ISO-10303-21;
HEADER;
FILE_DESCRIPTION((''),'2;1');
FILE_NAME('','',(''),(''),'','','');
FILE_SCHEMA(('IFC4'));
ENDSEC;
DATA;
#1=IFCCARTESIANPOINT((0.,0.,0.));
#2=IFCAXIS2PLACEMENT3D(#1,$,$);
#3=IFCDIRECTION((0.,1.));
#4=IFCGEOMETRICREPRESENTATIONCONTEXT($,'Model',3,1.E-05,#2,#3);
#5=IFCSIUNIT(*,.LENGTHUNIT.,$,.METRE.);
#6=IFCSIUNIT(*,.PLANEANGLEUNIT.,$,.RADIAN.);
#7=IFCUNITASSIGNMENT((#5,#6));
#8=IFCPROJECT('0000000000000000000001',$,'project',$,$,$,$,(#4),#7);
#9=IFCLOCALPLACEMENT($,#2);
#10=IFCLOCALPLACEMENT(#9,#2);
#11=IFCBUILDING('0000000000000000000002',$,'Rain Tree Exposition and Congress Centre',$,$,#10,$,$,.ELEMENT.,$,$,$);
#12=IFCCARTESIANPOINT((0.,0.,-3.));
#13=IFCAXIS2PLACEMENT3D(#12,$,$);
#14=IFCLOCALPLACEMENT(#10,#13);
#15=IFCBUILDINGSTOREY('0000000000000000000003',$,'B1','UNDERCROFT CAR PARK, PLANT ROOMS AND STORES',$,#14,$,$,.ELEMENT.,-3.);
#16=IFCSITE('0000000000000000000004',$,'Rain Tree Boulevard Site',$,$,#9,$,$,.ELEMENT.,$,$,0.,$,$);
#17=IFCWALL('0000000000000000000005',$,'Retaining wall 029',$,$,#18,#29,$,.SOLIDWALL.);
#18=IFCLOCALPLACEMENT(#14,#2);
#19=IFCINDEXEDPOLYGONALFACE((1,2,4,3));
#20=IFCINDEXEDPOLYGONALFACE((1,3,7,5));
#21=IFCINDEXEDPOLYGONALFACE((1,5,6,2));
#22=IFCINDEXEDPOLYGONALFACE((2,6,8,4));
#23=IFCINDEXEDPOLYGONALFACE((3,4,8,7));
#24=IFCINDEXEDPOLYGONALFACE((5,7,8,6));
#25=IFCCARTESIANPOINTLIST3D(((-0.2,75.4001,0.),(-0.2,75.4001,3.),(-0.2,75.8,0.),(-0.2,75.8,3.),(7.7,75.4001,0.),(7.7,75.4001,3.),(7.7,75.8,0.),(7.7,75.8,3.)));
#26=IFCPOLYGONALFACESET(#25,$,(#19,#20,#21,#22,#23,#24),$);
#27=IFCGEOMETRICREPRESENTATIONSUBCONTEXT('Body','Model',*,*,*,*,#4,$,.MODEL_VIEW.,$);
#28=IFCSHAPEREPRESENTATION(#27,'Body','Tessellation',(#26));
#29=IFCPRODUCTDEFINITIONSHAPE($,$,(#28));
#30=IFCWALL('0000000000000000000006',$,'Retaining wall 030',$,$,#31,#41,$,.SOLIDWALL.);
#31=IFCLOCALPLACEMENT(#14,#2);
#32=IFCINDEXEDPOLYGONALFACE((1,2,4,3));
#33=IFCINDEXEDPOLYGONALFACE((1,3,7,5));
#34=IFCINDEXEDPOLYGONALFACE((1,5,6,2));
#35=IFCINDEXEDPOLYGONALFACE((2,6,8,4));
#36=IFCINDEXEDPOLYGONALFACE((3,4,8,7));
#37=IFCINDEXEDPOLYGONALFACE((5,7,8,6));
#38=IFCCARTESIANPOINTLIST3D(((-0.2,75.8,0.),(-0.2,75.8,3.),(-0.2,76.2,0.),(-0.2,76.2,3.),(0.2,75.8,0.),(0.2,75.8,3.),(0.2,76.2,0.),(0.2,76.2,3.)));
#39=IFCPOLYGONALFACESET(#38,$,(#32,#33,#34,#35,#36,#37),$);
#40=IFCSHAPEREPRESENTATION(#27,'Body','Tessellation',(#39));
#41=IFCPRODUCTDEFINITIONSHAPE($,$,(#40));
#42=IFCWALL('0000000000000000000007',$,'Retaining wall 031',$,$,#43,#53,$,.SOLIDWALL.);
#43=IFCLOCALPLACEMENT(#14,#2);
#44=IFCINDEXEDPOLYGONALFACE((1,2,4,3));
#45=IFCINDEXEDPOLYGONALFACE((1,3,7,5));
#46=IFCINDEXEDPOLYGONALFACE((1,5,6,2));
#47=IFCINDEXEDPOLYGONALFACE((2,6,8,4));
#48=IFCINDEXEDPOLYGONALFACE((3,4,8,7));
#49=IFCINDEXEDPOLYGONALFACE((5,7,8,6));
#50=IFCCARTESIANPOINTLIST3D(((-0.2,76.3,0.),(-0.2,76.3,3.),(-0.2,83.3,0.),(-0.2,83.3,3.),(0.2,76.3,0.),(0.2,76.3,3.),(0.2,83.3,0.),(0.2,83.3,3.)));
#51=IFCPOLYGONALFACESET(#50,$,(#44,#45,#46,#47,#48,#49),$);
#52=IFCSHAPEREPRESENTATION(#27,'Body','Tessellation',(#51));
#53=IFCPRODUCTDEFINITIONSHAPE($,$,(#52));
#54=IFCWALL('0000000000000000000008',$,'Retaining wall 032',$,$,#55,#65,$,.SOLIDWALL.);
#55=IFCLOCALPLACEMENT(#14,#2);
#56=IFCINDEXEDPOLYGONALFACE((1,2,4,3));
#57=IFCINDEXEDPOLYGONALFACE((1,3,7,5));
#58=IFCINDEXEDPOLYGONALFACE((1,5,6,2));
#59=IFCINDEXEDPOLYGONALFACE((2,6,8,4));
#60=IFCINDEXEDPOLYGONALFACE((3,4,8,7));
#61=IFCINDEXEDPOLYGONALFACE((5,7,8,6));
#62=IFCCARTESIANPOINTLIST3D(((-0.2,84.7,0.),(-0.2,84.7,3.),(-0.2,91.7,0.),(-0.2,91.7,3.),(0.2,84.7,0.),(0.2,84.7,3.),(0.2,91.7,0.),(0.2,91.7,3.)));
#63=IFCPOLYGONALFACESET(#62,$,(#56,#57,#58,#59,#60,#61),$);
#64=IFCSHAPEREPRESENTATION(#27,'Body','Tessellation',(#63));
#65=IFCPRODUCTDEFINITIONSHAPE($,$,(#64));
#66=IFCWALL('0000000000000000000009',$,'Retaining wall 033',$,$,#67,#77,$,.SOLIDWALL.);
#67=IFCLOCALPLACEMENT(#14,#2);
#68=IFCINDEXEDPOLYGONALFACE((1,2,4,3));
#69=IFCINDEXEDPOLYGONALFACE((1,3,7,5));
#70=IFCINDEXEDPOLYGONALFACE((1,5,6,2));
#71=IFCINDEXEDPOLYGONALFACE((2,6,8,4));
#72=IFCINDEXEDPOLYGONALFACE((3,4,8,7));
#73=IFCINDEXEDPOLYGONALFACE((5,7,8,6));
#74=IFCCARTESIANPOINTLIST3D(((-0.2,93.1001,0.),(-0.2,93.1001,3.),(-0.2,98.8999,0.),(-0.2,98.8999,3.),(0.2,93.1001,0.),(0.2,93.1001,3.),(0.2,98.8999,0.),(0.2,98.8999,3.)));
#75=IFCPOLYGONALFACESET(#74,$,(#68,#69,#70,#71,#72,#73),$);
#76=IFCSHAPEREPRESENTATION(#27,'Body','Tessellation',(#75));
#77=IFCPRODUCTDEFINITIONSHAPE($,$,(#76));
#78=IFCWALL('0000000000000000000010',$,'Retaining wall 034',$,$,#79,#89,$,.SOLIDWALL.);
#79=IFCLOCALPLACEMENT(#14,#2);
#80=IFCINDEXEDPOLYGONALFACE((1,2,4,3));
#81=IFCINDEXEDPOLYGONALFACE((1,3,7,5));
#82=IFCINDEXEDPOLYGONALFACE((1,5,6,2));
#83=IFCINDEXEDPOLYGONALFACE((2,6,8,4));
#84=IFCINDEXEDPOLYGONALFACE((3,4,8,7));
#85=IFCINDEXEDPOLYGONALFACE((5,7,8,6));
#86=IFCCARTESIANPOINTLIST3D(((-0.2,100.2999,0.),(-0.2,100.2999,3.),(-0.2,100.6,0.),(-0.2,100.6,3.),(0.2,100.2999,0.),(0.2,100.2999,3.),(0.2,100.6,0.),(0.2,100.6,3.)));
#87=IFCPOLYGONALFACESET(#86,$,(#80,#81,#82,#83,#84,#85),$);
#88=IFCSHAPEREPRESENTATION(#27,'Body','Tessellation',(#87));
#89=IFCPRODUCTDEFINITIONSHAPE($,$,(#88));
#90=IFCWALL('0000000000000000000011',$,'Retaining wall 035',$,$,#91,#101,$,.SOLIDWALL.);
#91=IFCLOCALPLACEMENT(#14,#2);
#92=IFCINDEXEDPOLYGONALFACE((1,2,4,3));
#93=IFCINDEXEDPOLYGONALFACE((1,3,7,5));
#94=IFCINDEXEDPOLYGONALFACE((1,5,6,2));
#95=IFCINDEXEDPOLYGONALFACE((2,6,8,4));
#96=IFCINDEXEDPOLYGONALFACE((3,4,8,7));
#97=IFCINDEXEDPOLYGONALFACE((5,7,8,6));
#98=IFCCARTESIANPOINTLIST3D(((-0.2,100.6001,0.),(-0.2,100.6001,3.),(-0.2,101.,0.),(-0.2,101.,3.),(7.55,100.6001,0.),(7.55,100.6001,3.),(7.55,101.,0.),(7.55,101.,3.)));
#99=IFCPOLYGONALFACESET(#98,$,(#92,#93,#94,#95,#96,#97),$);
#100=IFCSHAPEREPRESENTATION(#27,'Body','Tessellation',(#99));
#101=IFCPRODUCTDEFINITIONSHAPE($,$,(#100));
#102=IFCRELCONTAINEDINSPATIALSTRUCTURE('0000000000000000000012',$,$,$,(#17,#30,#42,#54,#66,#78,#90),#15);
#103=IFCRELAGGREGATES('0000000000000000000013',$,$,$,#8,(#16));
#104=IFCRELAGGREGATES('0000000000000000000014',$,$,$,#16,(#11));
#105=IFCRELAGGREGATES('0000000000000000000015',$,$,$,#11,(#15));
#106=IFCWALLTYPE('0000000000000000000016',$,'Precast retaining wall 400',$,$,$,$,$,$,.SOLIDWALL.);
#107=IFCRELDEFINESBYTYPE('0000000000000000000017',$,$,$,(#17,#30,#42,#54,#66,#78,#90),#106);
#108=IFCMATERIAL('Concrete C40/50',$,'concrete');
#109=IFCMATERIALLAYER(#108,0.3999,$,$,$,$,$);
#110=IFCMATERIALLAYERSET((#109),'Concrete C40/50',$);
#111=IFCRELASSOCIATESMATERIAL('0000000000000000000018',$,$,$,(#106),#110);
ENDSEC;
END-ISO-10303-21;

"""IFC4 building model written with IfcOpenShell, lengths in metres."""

from ifc_helpers import new_model, si_unit, direction, frame, frame_2d, origin, place, context, subcontext, project, spatial, rectangle, extrude, material, layer, layer_set, type_object, element, save


model = new_model("IFC4")

# Units and contexts
model_context = context("Model", 3, precision=1e-05, world=origin(), true_north=direction((0.0, 1.0)))
body_context = subcontext(model_context, "Body", "Model", "MODEL_VIEW")
ifc_project = project(units=[si_unit("LENGTHUNIT", "METRE"), si_unit("PLANEANGLEUNIT", "RADIAN")], contexts=[model_context])

# Site, building, storey
site_placement = place(None, origin())
site = spatial("IfcSite", under=ifc_project, at=site_placement, Name="Rain Tree Boulevard Site", CompositionType="ELEMENT", RefElevation=0.0)
building_placement = place(site_placement, origin())
building = spatial("IfcBuilding", under=site, at=building_placement, Name="Rain Tree Exposition and Congress Centre", CompositionType="ELEMENT")
storey_placement = place(building_placement, frame((0.0, 0.0, -3.0)))
storey = spatial("IfcBuildingStorey", under=building, at=storey_placement, Name="B1", Description="UNDERCROFT CAR PARK, PLANT ROOMS AND STORES", CompositionType="ELEMENT", Elevation=-3.0)

# Walls
ifc_material_1 = material(Name="Concrete C40/50", Category="concrete")
ifc_layer = layer(ifc_material_1, 0.3999)
ifc_layer_set = layer_set([ifc_layer], Name="Concrete C40/50")
wall_type = type_object("IfcWallType", Name="Precast retaining wall 400", PredefinedType="SOLIDWALL", material=ifc_layer_set)
wall_1_placement = place(storey_placement, frame((7.7, 75.6001, 0.0), z_axis=(0.0, 0.0, 1.0), x_axis=(-1.0, 0.0, 0.0)))
element("IfcWall", 1, at=wall_1_placement, inside=storey, type_object=wall_type, Name="Retaining wall 029", PredefinedType="SOLIDWALL", context=body_context, shape_type="SweptSolid", body=[
    extrude(rectangle(XDim=7.8999, YDim=0.3999, at=frame_2d((3.95, 0.0))), origin(), (0.0, 0.0, 1.0), 3.0),
])
wall_2_placement = place(storey_placement, frame((0.0, 75.8, 0.0), z_axis=(0.0, 0.0, 1.0), x_axis=(0.0, 1.0, 0.0)))
element("IfcWall", 2, at=wall_2_placement, inside=storey, type_object=wall_type, Name="Retaining wall 030", PredefinedType="SOLIDWALL", context=body_context, shape_type="SweptSolid", body=[
    extrude(rectangle(XDim=0.3999, YDim=0.3999, at=frame_2d((0.2, 0.0))), origin(), (0.0, 0.0, 1.0), 3.0),
])
for number, where, z_axis, x_axis, name in (
    (3, (0.0, 76.3, 0.0), (0.0, 0.0, 1.0), (0.0, 1.0, 0.0), "Retaining wall 031"),
    (4, (0.0, 84.7, 0.0), (0.0, 0.0, 1.0), (0.0, 1.0, 0.0), "Retaining wall 032"),
):
    element("IfcWall", number, at=place(storey_placement, frame(where, z_axis=z_axis, x_axis=x_axis)), inside=storey, type_object=wall_type, Name=name, PredefinedType="SOLIDWALL", context=body_context, shape_type="SweptSolid", body=[
        extrude(rectangle(XDim=7.0, YDim=0.3999, at=frame_2d((3.5, 0.0))), origin(), (0.0, 0.0, 1.0), 3.0),
    ])
wall_3_placement = place(storey_placement, frame((0.0, 93.1001, 0.0), z_axis=(0.0, 0.0, 1.0), x_axis=(0.0, 1.0, 0.0)))
element("IfcWall", 5, at=wall_3_placement, inside=storey, type_object=wall_type, Name="Retaining wall 033", PredefinedType="SOLIDWALL", context=body_context, shape_type="SweptSolid", body=[
    extrude(rectangle(XDim=5.7998, YDim=0.3999, at=frame_2d((2.8999, 0.0))), origin(), (0.0, 0.0, 1.0), 3.0),
])
wall_4_placement = place(storey_placement, frame((0.0, 100.3, 0.0), z_axis=(0.0, 0.0, 1.0), x_axis=(0.0, 1.0, 0.0)))
element("IfcWall", 6, at=wall_4_placement, inside=storey, type_object=wall_type, Name="Retaining wall 034", PredefinedType="SOLIDWALL", context=body_context, shape_type="SweptSolid", body=[
    extrude(rectangle(XDim=0.3, YDim=0.3999, at=frame_2d((0.1499, 0.0))), origin(), (0.0, 0.0, 1.0), 3.0),
])
wall_5_placement = place(storey_placement, frame((-0.2, 100.8, 0.0), z_axis=(0.0, 0.0, 1.0), x_axis=(1.0, 0.0, 0.0)))
element("IfcWall", 7, at=wall_5_placement, inside=storey, type_object=wall_type, Name="Retaining wall 035", PredefinedType="SOLIDWALL", context=body_context, shape_type="SweptSolid", body=[
    extrude(rectangle(XDim=7.75, YDim=0.3999, at=frame_2d((3.875, 0.0))), origin(), (0.0, 0.0, 1.0), 3.0),
])

save(model, "model.ifc")
